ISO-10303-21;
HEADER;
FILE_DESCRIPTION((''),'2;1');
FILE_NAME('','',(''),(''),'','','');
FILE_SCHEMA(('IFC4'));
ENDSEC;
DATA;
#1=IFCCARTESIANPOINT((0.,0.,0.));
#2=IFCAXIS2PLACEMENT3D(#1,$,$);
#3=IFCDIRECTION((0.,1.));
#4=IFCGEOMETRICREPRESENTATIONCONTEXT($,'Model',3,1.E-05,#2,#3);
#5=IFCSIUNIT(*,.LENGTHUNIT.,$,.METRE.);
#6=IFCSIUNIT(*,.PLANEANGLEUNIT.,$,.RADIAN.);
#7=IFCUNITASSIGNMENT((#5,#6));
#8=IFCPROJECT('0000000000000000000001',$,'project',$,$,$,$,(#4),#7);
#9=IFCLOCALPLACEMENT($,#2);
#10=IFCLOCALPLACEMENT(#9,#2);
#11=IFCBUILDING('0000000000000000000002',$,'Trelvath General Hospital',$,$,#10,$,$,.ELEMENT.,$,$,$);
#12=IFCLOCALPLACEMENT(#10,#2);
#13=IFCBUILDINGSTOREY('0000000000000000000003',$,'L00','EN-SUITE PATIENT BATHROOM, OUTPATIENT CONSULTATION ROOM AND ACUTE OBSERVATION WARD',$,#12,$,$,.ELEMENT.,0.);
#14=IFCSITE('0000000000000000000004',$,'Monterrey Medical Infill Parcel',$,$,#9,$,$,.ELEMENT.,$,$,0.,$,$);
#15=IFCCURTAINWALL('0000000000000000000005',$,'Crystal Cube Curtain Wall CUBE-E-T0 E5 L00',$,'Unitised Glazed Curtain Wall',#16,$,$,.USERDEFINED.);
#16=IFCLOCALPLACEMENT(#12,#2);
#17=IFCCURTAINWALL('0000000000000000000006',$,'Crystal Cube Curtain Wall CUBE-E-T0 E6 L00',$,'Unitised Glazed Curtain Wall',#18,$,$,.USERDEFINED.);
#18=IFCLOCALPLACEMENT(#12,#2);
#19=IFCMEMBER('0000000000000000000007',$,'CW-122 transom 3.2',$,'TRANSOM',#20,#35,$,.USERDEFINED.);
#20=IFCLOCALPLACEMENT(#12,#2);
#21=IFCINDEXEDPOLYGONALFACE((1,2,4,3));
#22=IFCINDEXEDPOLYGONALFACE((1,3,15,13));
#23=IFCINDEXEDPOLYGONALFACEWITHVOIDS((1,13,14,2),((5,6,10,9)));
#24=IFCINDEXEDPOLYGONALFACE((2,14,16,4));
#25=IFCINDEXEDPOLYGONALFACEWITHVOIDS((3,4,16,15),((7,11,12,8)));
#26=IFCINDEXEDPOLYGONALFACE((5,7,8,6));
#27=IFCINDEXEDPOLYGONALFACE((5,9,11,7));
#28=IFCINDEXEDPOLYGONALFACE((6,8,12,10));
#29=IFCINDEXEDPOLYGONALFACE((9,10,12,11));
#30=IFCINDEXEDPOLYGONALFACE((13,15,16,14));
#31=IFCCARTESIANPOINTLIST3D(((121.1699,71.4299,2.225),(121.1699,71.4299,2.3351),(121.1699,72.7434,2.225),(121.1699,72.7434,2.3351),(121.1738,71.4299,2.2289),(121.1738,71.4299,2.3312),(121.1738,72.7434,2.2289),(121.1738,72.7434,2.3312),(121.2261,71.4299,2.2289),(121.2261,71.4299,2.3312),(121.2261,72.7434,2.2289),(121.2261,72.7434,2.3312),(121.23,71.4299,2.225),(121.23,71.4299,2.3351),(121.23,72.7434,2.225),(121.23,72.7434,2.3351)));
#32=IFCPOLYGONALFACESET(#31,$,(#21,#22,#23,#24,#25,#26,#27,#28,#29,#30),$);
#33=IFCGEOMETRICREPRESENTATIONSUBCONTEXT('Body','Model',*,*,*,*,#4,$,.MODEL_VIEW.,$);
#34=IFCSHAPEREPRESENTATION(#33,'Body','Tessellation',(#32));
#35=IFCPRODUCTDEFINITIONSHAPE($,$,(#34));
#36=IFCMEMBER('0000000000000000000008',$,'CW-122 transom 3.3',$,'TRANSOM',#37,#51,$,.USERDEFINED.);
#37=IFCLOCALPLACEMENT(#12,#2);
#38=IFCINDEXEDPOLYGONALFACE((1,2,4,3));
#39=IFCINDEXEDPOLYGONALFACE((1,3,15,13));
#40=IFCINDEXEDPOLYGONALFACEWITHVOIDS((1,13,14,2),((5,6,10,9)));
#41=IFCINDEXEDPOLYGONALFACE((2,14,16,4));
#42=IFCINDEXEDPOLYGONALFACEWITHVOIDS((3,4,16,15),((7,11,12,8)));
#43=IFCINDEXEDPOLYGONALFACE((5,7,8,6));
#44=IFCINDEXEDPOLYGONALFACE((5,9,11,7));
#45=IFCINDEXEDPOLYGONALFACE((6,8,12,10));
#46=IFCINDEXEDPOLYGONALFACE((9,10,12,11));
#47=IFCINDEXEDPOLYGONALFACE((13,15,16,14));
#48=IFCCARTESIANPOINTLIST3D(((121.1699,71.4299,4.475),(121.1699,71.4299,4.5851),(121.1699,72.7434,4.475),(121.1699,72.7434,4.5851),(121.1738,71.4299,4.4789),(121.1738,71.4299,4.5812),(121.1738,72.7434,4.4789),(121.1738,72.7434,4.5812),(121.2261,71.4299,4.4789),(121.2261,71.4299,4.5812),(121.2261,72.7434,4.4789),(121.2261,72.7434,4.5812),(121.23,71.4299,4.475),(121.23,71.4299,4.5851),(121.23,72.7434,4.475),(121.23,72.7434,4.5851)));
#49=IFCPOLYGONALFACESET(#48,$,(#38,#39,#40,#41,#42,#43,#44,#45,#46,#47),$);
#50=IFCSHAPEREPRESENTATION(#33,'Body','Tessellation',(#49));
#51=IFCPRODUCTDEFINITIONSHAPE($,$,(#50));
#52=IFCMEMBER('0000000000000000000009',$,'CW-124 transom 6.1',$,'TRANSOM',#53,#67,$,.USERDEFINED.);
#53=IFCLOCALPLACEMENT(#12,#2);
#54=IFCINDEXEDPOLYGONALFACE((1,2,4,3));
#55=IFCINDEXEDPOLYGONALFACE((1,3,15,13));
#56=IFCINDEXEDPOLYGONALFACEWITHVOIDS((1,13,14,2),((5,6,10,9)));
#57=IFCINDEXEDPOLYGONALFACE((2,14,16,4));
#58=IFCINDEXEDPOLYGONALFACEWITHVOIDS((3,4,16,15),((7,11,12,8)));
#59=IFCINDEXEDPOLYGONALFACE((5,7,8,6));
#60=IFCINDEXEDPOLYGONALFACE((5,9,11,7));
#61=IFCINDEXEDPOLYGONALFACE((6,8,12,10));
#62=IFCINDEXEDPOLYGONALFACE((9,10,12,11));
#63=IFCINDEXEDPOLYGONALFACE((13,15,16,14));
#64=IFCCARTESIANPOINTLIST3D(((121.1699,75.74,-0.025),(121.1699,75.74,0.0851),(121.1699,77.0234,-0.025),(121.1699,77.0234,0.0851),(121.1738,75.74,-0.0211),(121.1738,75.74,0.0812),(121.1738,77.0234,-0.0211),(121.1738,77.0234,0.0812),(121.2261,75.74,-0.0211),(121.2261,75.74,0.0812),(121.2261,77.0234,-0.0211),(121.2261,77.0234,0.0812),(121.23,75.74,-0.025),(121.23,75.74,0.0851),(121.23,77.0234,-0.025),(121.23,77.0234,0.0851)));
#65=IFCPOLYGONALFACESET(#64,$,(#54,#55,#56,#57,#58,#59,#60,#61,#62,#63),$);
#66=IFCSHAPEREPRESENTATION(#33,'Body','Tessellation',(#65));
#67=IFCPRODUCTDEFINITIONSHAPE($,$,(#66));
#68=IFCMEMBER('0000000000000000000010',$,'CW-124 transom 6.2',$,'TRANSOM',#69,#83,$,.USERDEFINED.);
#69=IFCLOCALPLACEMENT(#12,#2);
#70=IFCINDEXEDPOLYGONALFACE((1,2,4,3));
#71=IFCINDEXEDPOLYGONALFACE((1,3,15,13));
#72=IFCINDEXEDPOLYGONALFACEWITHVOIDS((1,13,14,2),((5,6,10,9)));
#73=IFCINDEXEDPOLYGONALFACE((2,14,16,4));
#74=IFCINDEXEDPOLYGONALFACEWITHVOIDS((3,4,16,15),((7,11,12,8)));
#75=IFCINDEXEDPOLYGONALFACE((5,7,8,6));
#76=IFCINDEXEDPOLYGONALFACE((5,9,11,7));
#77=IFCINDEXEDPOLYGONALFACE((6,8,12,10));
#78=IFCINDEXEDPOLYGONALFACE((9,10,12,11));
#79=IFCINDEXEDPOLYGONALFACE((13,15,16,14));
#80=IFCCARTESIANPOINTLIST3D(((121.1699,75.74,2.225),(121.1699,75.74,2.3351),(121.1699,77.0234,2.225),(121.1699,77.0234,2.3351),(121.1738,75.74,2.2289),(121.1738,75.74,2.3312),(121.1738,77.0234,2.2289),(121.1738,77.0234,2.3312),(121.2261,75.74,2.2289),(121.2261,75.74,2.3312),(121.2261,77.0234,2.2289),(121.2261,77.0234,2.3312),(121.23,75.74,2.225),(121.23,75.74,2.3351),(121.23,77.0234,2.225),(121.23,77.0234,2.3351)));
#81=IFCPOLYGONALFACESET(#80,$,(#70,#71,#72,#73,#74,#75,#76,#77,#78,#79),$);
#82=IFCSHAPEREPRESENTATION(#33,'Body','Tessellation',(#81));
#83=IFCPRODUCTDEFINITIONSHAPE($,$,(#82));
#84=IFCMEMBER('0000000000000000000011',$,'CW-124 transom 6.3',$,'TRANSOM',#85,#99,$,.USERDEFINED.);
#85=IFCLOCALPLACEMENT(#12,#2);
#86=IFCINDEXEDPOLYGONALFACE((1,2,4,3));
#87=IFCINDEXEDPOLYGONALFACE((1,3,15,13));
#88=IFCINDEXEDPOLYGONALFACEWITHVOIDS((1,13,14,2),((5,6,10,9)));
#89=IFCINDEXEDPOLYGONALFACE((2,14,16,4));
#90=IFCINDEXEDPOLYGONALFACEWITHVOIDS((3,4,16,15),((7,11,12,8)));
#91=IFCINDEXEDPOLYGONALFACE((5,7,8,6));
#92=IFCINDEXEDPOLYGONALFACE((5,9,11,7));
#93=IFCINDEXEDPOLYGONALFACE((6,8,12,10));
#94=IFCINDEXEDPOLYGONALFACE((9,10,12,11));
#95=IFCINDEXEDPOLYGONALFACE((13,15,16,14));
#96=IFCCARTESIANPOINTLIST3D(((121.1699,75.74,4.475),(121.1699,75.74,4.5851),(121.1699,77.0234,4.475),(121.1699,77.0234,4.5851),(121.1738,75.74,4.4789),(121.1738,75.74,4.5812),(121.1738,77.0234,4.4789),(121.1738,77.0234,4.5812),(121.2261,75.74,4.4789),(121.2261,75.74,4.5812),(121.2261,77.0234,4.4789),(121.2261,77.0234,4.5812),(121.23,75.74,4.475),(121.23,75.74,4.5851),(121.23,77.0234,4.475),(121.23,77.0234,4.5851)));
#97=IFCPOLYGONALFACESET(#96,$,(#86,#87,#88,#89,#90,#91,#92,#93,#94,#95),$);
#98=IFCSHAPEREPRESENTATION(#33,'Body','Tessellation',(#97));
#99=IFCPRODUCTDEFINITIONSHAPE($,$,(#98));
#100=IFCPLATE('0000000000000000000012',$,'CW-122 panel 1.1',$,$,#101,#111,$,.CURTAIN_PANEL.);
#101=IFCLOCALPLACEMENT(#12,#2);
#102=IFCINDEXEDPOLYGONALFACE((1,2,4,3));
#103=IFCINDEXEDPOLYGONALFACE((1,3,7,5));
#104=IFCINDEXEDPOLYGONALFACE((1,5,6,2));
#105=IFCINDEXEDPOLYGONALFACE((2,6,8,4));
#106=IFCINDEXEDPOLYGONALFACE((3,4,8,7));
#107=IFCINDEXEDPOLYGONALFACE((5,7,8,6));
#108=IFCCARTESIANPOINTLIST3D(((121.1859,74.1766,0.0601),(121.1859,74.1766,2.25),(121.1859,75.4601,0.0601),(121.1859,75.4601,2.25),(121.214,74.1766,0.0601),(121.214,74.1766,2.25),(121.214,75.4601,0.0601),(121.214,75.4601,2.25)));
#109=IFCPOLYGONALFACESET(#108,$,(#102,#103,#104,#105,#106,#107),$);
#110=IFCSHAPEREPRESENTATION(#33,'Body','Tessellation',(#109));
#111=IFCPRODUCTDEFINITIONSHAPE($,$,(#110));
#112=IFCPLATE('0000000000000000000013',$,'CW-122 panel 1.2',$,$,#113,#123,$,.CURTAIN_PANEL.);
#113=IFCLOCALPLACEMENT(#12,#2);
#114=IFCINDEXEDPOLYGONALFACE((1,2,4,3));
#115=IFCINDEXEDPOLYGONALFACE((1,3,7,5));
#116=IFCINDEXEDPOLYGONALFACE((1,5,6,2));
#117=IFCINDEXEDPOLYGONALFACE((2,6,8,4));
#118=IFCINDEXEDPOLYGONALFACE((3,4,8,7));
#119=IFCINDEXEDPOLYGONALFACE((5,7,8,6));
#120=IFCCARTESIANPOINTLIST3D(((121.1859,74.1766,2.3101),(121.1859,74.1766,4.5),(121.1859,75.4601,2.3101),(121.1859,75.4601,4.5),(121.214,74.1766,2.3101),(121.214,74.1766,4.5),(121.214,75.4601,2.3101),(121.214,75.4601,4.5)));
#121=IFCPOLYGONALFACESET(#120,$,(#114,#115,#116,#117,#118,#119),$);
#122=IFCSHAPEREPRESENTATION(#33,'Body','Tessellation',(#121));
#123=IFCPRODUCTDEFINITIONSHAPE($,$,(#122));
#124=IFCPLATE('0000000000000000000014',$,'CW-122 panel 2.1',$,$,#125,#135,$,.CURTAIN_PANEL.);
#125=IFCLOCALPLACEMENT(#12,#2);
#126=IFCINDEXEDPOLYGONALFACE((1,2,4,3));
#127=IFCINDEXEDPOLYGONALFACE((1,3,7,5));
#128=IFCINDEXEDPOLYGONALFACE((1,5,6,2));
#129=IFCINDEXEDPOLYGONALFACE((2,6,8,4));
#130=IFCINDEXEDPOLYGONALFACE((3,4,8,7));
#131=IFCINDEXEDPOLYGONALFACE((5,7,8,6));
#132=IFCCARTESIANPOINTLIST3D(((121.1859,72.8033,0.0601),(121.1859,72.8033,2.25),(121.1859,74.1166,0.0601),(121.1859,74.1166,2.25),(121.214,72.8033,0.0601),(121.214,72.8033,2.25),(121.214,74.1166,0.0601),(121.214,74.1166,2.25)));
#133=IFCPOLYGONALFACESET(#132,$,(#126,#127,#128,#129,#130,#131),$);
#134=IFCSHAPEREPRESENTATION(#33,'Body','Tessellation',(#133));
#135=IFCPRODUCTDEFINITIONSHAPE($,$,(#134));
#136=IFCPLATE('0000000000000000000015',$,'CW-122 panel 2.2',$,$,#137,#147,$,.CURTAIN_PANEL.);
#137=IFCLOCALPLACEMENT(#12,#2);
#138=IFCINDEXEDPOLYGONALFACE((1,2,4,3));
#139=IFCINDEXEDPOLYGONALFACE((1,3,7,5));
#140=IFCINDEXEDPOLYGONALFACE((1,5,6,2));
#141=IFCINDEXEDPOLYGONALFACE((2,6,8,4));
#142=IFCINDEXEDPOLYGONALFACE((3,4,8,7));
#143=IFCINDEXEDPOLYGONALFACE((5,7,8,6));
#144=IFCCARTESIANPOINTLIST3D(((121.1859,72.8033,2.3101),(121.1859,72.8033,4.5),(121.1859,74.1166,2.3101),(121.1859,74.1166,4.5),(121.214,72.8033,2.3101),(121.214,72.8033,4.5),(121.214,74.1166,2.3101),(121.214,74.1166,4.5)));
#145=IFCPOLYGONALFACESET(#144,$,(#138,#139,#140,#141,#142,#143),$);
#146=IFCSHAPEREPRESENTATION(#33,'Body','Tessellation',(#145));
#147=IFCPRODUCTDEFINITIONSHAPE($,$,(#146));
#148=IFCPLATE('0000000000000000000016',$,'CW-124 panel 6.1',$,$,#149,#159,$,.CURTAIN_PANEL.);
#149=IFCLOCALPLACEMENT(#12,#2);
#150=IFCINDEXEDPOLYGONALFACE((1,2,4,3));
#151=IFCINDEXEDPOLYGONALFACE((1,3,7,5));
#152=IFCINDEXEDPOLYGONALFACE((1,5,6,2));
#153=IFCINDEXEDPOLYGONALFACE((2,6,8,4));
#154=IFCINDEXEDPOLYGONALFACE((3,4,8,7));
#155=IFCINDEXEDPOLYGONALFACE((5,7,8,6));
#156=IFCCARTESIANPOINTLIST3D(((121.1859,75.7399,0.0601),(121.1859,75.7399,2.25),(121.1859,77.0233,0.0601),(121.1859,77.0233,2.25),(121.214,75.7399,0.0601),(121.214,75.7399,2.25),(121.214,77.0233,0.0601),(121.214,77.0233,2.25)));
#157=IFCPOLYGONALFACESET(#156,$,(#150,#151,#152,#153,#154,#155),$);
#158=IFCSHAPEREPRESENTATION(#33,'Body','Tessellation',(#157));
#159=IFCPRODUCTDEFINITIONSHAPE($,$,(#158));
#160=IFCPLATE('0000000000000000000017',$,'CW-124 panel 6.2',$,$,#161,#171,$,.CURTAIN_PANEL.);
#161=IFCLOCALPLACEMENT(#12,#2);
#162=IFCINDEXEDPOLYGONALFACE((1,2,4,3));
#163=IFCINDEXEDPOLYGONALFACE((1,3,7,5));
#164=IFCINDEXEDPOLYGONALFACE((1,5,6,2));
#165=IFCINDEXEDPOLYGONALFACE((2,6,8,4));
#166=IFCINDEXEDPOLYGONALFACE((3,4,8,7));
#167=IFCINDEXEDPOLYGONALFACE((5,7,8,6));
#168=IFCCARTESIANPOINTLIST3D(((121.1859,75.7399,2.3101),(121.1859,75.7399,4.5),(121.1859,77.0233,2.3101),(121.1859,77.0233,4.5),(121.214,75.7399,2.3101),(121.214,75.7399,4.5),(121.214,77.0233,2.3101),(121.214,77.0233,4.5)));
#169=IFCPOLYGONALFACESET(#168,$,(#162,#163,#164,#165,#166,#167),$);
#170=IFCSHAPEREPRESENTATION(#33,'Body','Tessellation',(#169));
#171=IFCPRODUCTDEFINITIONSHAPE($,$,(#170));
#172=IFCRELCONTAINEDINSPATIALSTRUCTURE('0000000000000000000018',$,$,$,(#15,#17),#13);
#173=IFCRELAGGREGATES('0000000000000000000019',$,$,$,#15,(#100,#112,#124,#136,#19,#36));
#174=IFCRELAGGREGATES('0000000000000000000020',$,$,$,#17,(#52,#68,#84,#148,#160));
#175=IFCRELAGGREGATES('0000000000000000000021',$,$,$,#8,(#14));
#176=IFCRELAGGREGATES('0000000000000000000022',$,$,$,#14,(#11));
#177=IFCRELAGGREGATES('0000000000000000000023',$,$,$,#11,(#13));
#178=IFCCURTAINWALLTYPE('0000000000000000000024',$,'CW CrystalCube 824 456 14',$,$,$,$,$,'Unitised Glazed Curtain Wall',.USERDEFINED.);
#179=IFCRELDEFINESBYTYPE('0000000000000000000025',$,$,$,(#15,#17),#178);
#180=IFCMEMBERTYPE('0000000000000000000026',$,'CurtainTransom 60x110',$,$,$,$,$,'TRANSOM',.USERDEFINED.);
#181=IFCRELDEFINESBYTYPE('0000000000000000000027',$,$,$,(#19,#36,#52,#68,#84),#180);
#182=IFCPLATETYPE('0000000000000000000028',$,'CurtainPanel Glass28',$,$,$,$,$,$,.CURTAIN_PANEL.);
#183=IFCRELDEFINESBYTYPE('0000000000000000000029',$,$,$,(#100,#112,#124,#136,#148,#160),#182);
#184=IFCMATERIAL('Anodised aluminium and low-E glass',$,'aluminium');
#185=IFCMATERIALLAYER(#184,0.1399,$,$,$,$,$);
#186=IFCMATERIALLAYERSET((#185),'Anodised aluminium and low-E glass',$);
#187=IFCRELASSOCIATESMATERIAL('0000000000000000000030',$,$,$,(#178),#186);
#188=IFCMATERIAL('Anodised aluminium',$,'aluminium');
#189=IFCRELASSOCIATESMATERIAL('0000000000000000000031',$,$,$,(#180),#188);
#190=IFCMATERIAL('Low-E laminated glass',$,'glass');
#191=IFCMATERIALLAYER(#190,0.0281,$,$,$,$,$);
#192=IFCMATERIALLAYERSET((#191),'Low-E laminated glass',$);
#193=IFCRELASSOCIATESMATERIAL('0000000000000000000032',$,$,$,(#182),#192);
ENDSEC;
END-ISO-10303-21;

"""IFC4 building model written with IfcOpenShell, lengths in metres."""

from ifc_helpers import new_model, si_unit, direction, frame, origin, origin_2d, place, context, subcontext, project, spatial, rectangle, hollow_rectangle, extrude, material, layer, layer_set, material_profile, profile_set, type_object, element, aggregate, save


model = new_model("IFC4")

# Units and contexts
model_context = context("Model", 3, precision=1e-05, world=origin(), true_north=direction((0.0, 1.0)))
body_context = subcontext(model_context, "Body", "Model", "MODEL_VIEW")
ifc_project = project(units=[si_unit("LENGTHUNIT", "METRE"), si_unit("PLANEANGLEUNIT", "RADIAN")], contexts=[model_context])

# Site, building, storey
site_placement = place(None, origin())
site = spatial("IfcSite", under=ifc_project, at=site_placement, Name="Monterrey Medical Infill Parcel", CompositionType="ELEMENT", RefElevation=0.0)
building_placement = place(site_placement, origin())
building = spatial("IfcBuilding", under=site, at=building_placement, Name="Trelvath General Hospital", CompositionType="ELEMENT")
storey_placement = place(building_placement, origin())
storey = spatial("IfcBuildingStorey", under=building, at=storey_placement, Name="L00", Description="EN-SUITE PATIENT BATHROOM, OUTPATIENT CONSULTATION ROOM AND ACUTE OBSERVATION WARD", CompositionType="ELEMENT", Elevation=0.0)

# Curtain wall
ifc_material_1 = material(Name="Anodised aluminium and low-E glass", Category="aluminium")
ifc_layer_1 = layer(ifc_material_1, 0.1399)
ifc_layer_set_1 = layer_set([ifc_layer_1], Name="Anodised aluminium and low-E glass")
curtain_wall_type = type_object("IfcCurtainWallType", Name="CW CrystalCube 824 456 14", ElementType="Unitised Glazed Curtain Wall", PredefinedType="USERDEFINED", material=ifc_layer_set_1)
curtain_wall_1_placement = place(storey_placement, origin())
curtain_wall_1 = element("IfcCurtainWall", 1, at=curtain_wall_1_placement, inside=storey, type_object=curtain_wall_type, Name="Crystal Cube Curtain Wall CUBE-E-T0 E5 L00", ObjectType="Unitised Glazed Curtain Wall", PredefinedType="USERDEFINED")

# Curtain wall
curtain_wall_2_placement = place(storey_placement, origin())
curtain_wall_2 = element("IfcCurtainWall", 2, at=curtain_wall_2_placement, inside=storey, type_object=curtain_wall_type, Name="Crystal Cube Curtain Wall CUBE-E-T0 E6 L00", ObjectType="Unitised Glazed Curtain Wall", PredefinedType="USERDEFINED")

# Members
ifc_material_2 = material(Name="Anodised aluminium", Category="aluminium")
ifc_material_profile_1 = material_profile(ifc_material_2, hollow_rectangle(XDim=0.0601, YDim=0.1101, WallThickness=0.0039, at=origin_2d()), Name="RHS60x110x4")
ifc_profile_set_1 = profile_set([ifc_material_profile_1], Name="Anodised aluminium")
member_type_1 = type_object("IfcMemberType", Name="CurtainTransom 60x110", ElementType="TRANSOM", PredefinedType="USERDEFINED", material=ifc_profile_set_1)
member_1_placement = place(storey_placement, frame((121.2, 72.7434, 2.28), z_axis=(0.0, -1.0, 0.0), x_axis=(1.0, 0.0, 0.0)))
member_1 = element("IfcMember", 3, at=member_1_placement, type_object=member_type_1, Name="CW-122 transom 3.2", ObjectType="TRANSOM", PredefinedType="USERDEFINED", context=body_context, shape_type="SweptSolid", body=[
    extrude(hollow_rectangle(XDim=0.0601, YDim=0.1101, WallThickness=0.0039, at=origin_2d()), origin(), (0.0, 0.0, 1.0), 1.3135),
])
member_2_placement = place(storey_placement, frame((121.2, 72.7434, 4.53), z_axis=(0.0, -1.0, 0.0), x_axis=(1.0, 0.0, 0.0)))
member_2 = element("IfcMember", 4, at=member_2_placement, type_object=member_type_1, Name="CW-122 transom 3.3", ObjectType="TRANSOM", PredefinedType="USERDEFINED", context=body_context, shape_type="SweptSolid", body=[
    extrude(hollow_rectangle(XDim=0.0601, YDim=0.1101, WallThickness=0.0039, at=origin_2d()), origin(), (0.0, 0.0, 1.0), 1.3135),
])
member_3_placement = place(storey_placement, frame((121.2, 77.0234, 0.03), z_axis=(0.0, -1.0, 0.0), x_axis=(1.0, 0.0, 0.0)))
member_3 = element("IfcMember", 5, at=member_3_placement, type_object=member_type_1, Name="CW-124 transom 6.1", ObjectType="TRANSOM", PredefinedType="USERDEFINED", context=body_context, shape_type="SweptSolid", body=[
    extrude(hollow_rectangle(XDim=0.0601, YDim=0.1101, WallThickness=0.0039, at=origin_2d()), origin(), (0.0, 0.0, 1.0), 1.2834),
])
member_4_placement = place(storey_placement, frame((121.2, 77.0234, 2.28), z_axis=(0.0, -1.0, 0.0), x_axis=(1.0, 0.0, 0.0)))
member_4 = element("IfcMember", 6, at=member_4_placement, type_object=member_type_1, Name="CW-124 transom 6.2", ObjectType="TRANSOM", PredefinedType="USERDEFINED", context=body_context, shape_type="SweptSolid", body=[
    extrude(hollow_rectangle(XDim=0.0601, YDim=0.1101, WallThickness=0.0039, at=origin_2d()), origin(), (0.0, 0.0, 1.0), 1.2834),
])
member_5_placement = place(storey_placement, frame((121.2, 77.0234, 4.53), z_axis=(0.0, -1.0, 0.0), x_axis=(1.0, 0.0, 0.0)))
member_5 = element("IfcMember", 7, at=member_5_placement, type_object=member_type_1, Name="CW-124 transom 6.3", ObjectType="TRANSOM", PredefinedType="USERDEFINED", context=body_context, shape_type="SweptSolid", body=[
    extrude(hollow_rectangle(XDim=0.0601, YDim=0.1101, WallThickness=0.0039, at=origin_2d()), origin(), (0.0, 0.0, 1.0), 1.2834),
])

# Plates
ifc_material_3 = material(Name="Low-E laminated glass", Category="glass")
ifc_layer_2 = layer(ifc_material_3, 0.0281)
ifc_layer_set_2 = layer_set([ifc_layer_2], Name="Low-E laminated glass")
plate_type = type_object("IfcPlateType", Name="CurtainPanel Glass28", PredefinedType="CURTAIN_PANEL", material=ifc_layer_set_2)
plate_1_placement = place(storey_placement, frame((121.2, 74.8184, 0.0601), z_axis=(0.0, 0.0, 1.0), x_axis=(0.0, -1.0, 0.0)))
plate_1 = element("IfcPlate", 8, at=plate_1_placement, type_object=plate_type, Name="CW-122 panel 1.1", PredefinedType="CURTAIN_PANEL", context=body_context, shape_type="SweptSolid", body=[
    extrude(rectangle(XDim=1.2834, YDim=0.0281, at=origin_2d()), origin(), (0.0, 0.0, 1.0), 2.1899),
])
plate_2_placement = place(storey_placement, frame((121.2, 74.8184, 2.3101), z_axis=(0.0, 0.0, 1.0), x_axis=(0.0, -1.0, 0.0)))
plate_2 = element("IfcPlate", 9, at=plate_2_placement, type_object=plate_type, Name="CW-122 panel 1.2", PredefinedType="CURTAIN_PANEL", context=body_context, shape_type="SweptSolid", body=[
    extrude(rectangle(XDim=1.2834, YDim=0.0281, at=origin_2d()), origin(), (0.0, 0.0, 1.0), 2.1899),
])
plate_3_placement = place(storey_placement, frame((121.2, 73.46, 0.0601), z_axis=(0.0, 0.0, 1.0), x_axis=(0.0, -1.0, 0.0)))
plate_3 = element("IfcPlate", 10, at=plate_3_placement, type_object=plate_type, Name="CW-122 panel 2.1", PredefinedType="CURTAIN_PANEL", context=body_context, shape_type="SweptSolid", body=[
    extrude(rectangle(XDim=1.3132, YDim=0.0281, at=origin_2d()), origin(), (0.0, 0.0, 1.0), 2.1899),
])
plate_4_placement = place(storey_placement, frame((121.2, 73.46, 2.3101), z_axis=(0.0, 0.0, 1.0), x_axis=(0.0, -1.0, 0.0)))
plate_4 = element("IfcPlate", 11, at=plate_4_placement, type_object=plate_type, Name="CW-122 panel 2.2", PredefinedType="CURTAIN_PANEL", context=body_context, shape_type="SweptSolid", body=[
    extrude(rectangle(XDim=1.3132, YDim=0.0281, at=origin_2d()), origin(), (0.0, 0.0, 1.0), 2.1899),
])
aggregate(curtain_wall_1, [plate_1, plate_2, plate_3, plate_4, member_1, member_2])
plate_5_placement = place(storey_placement, frame((121.2, 76.3816, 0.0601), z_axis=(0.0, 0.0, 1.0), x_axis=(0.0, -1.0, 0.0)))
plate_5 = element("IfcPlate", 12, at=plate_5_placement, type_object=plate_type, Name="CW-124 panel 6.1", PredefinedType="CURTAIN_PANEL", context=body_context, shape_type="SweptSolid", body=[
    extrude(rectangle(XDim=1.2834, YDim=0.0281, at=origin_2d()), origin(), (0.0, 0.0, 1.0), 2.1899),
])
plate_6_placement = place(storey_placement, frame((121.2, 76.3816, 2.3101), z_axis=(0.0, 0.0, 1.0), x_axis=(0.0, -1.0, 0.0)))
plate_6 = element("IfcPlate", 13, at=plate_6_placement, type_object=plate_type, Name="CW-124 panel 6.2", PredefinedType="CURTAIN_PANEL", context=body_context, shape_type="SweptSolid", body=[
    extrude(rectangle(XDim=1.2834, YDim=0.0281, at=origin_2d()), origin(), (0.0, 0.0, 1.0), 2.1899),
])
aggregate(curtain_wall_2, [member_3, member_4, member_5, plate_5, plate_6])

save(model, "model.ifc")
